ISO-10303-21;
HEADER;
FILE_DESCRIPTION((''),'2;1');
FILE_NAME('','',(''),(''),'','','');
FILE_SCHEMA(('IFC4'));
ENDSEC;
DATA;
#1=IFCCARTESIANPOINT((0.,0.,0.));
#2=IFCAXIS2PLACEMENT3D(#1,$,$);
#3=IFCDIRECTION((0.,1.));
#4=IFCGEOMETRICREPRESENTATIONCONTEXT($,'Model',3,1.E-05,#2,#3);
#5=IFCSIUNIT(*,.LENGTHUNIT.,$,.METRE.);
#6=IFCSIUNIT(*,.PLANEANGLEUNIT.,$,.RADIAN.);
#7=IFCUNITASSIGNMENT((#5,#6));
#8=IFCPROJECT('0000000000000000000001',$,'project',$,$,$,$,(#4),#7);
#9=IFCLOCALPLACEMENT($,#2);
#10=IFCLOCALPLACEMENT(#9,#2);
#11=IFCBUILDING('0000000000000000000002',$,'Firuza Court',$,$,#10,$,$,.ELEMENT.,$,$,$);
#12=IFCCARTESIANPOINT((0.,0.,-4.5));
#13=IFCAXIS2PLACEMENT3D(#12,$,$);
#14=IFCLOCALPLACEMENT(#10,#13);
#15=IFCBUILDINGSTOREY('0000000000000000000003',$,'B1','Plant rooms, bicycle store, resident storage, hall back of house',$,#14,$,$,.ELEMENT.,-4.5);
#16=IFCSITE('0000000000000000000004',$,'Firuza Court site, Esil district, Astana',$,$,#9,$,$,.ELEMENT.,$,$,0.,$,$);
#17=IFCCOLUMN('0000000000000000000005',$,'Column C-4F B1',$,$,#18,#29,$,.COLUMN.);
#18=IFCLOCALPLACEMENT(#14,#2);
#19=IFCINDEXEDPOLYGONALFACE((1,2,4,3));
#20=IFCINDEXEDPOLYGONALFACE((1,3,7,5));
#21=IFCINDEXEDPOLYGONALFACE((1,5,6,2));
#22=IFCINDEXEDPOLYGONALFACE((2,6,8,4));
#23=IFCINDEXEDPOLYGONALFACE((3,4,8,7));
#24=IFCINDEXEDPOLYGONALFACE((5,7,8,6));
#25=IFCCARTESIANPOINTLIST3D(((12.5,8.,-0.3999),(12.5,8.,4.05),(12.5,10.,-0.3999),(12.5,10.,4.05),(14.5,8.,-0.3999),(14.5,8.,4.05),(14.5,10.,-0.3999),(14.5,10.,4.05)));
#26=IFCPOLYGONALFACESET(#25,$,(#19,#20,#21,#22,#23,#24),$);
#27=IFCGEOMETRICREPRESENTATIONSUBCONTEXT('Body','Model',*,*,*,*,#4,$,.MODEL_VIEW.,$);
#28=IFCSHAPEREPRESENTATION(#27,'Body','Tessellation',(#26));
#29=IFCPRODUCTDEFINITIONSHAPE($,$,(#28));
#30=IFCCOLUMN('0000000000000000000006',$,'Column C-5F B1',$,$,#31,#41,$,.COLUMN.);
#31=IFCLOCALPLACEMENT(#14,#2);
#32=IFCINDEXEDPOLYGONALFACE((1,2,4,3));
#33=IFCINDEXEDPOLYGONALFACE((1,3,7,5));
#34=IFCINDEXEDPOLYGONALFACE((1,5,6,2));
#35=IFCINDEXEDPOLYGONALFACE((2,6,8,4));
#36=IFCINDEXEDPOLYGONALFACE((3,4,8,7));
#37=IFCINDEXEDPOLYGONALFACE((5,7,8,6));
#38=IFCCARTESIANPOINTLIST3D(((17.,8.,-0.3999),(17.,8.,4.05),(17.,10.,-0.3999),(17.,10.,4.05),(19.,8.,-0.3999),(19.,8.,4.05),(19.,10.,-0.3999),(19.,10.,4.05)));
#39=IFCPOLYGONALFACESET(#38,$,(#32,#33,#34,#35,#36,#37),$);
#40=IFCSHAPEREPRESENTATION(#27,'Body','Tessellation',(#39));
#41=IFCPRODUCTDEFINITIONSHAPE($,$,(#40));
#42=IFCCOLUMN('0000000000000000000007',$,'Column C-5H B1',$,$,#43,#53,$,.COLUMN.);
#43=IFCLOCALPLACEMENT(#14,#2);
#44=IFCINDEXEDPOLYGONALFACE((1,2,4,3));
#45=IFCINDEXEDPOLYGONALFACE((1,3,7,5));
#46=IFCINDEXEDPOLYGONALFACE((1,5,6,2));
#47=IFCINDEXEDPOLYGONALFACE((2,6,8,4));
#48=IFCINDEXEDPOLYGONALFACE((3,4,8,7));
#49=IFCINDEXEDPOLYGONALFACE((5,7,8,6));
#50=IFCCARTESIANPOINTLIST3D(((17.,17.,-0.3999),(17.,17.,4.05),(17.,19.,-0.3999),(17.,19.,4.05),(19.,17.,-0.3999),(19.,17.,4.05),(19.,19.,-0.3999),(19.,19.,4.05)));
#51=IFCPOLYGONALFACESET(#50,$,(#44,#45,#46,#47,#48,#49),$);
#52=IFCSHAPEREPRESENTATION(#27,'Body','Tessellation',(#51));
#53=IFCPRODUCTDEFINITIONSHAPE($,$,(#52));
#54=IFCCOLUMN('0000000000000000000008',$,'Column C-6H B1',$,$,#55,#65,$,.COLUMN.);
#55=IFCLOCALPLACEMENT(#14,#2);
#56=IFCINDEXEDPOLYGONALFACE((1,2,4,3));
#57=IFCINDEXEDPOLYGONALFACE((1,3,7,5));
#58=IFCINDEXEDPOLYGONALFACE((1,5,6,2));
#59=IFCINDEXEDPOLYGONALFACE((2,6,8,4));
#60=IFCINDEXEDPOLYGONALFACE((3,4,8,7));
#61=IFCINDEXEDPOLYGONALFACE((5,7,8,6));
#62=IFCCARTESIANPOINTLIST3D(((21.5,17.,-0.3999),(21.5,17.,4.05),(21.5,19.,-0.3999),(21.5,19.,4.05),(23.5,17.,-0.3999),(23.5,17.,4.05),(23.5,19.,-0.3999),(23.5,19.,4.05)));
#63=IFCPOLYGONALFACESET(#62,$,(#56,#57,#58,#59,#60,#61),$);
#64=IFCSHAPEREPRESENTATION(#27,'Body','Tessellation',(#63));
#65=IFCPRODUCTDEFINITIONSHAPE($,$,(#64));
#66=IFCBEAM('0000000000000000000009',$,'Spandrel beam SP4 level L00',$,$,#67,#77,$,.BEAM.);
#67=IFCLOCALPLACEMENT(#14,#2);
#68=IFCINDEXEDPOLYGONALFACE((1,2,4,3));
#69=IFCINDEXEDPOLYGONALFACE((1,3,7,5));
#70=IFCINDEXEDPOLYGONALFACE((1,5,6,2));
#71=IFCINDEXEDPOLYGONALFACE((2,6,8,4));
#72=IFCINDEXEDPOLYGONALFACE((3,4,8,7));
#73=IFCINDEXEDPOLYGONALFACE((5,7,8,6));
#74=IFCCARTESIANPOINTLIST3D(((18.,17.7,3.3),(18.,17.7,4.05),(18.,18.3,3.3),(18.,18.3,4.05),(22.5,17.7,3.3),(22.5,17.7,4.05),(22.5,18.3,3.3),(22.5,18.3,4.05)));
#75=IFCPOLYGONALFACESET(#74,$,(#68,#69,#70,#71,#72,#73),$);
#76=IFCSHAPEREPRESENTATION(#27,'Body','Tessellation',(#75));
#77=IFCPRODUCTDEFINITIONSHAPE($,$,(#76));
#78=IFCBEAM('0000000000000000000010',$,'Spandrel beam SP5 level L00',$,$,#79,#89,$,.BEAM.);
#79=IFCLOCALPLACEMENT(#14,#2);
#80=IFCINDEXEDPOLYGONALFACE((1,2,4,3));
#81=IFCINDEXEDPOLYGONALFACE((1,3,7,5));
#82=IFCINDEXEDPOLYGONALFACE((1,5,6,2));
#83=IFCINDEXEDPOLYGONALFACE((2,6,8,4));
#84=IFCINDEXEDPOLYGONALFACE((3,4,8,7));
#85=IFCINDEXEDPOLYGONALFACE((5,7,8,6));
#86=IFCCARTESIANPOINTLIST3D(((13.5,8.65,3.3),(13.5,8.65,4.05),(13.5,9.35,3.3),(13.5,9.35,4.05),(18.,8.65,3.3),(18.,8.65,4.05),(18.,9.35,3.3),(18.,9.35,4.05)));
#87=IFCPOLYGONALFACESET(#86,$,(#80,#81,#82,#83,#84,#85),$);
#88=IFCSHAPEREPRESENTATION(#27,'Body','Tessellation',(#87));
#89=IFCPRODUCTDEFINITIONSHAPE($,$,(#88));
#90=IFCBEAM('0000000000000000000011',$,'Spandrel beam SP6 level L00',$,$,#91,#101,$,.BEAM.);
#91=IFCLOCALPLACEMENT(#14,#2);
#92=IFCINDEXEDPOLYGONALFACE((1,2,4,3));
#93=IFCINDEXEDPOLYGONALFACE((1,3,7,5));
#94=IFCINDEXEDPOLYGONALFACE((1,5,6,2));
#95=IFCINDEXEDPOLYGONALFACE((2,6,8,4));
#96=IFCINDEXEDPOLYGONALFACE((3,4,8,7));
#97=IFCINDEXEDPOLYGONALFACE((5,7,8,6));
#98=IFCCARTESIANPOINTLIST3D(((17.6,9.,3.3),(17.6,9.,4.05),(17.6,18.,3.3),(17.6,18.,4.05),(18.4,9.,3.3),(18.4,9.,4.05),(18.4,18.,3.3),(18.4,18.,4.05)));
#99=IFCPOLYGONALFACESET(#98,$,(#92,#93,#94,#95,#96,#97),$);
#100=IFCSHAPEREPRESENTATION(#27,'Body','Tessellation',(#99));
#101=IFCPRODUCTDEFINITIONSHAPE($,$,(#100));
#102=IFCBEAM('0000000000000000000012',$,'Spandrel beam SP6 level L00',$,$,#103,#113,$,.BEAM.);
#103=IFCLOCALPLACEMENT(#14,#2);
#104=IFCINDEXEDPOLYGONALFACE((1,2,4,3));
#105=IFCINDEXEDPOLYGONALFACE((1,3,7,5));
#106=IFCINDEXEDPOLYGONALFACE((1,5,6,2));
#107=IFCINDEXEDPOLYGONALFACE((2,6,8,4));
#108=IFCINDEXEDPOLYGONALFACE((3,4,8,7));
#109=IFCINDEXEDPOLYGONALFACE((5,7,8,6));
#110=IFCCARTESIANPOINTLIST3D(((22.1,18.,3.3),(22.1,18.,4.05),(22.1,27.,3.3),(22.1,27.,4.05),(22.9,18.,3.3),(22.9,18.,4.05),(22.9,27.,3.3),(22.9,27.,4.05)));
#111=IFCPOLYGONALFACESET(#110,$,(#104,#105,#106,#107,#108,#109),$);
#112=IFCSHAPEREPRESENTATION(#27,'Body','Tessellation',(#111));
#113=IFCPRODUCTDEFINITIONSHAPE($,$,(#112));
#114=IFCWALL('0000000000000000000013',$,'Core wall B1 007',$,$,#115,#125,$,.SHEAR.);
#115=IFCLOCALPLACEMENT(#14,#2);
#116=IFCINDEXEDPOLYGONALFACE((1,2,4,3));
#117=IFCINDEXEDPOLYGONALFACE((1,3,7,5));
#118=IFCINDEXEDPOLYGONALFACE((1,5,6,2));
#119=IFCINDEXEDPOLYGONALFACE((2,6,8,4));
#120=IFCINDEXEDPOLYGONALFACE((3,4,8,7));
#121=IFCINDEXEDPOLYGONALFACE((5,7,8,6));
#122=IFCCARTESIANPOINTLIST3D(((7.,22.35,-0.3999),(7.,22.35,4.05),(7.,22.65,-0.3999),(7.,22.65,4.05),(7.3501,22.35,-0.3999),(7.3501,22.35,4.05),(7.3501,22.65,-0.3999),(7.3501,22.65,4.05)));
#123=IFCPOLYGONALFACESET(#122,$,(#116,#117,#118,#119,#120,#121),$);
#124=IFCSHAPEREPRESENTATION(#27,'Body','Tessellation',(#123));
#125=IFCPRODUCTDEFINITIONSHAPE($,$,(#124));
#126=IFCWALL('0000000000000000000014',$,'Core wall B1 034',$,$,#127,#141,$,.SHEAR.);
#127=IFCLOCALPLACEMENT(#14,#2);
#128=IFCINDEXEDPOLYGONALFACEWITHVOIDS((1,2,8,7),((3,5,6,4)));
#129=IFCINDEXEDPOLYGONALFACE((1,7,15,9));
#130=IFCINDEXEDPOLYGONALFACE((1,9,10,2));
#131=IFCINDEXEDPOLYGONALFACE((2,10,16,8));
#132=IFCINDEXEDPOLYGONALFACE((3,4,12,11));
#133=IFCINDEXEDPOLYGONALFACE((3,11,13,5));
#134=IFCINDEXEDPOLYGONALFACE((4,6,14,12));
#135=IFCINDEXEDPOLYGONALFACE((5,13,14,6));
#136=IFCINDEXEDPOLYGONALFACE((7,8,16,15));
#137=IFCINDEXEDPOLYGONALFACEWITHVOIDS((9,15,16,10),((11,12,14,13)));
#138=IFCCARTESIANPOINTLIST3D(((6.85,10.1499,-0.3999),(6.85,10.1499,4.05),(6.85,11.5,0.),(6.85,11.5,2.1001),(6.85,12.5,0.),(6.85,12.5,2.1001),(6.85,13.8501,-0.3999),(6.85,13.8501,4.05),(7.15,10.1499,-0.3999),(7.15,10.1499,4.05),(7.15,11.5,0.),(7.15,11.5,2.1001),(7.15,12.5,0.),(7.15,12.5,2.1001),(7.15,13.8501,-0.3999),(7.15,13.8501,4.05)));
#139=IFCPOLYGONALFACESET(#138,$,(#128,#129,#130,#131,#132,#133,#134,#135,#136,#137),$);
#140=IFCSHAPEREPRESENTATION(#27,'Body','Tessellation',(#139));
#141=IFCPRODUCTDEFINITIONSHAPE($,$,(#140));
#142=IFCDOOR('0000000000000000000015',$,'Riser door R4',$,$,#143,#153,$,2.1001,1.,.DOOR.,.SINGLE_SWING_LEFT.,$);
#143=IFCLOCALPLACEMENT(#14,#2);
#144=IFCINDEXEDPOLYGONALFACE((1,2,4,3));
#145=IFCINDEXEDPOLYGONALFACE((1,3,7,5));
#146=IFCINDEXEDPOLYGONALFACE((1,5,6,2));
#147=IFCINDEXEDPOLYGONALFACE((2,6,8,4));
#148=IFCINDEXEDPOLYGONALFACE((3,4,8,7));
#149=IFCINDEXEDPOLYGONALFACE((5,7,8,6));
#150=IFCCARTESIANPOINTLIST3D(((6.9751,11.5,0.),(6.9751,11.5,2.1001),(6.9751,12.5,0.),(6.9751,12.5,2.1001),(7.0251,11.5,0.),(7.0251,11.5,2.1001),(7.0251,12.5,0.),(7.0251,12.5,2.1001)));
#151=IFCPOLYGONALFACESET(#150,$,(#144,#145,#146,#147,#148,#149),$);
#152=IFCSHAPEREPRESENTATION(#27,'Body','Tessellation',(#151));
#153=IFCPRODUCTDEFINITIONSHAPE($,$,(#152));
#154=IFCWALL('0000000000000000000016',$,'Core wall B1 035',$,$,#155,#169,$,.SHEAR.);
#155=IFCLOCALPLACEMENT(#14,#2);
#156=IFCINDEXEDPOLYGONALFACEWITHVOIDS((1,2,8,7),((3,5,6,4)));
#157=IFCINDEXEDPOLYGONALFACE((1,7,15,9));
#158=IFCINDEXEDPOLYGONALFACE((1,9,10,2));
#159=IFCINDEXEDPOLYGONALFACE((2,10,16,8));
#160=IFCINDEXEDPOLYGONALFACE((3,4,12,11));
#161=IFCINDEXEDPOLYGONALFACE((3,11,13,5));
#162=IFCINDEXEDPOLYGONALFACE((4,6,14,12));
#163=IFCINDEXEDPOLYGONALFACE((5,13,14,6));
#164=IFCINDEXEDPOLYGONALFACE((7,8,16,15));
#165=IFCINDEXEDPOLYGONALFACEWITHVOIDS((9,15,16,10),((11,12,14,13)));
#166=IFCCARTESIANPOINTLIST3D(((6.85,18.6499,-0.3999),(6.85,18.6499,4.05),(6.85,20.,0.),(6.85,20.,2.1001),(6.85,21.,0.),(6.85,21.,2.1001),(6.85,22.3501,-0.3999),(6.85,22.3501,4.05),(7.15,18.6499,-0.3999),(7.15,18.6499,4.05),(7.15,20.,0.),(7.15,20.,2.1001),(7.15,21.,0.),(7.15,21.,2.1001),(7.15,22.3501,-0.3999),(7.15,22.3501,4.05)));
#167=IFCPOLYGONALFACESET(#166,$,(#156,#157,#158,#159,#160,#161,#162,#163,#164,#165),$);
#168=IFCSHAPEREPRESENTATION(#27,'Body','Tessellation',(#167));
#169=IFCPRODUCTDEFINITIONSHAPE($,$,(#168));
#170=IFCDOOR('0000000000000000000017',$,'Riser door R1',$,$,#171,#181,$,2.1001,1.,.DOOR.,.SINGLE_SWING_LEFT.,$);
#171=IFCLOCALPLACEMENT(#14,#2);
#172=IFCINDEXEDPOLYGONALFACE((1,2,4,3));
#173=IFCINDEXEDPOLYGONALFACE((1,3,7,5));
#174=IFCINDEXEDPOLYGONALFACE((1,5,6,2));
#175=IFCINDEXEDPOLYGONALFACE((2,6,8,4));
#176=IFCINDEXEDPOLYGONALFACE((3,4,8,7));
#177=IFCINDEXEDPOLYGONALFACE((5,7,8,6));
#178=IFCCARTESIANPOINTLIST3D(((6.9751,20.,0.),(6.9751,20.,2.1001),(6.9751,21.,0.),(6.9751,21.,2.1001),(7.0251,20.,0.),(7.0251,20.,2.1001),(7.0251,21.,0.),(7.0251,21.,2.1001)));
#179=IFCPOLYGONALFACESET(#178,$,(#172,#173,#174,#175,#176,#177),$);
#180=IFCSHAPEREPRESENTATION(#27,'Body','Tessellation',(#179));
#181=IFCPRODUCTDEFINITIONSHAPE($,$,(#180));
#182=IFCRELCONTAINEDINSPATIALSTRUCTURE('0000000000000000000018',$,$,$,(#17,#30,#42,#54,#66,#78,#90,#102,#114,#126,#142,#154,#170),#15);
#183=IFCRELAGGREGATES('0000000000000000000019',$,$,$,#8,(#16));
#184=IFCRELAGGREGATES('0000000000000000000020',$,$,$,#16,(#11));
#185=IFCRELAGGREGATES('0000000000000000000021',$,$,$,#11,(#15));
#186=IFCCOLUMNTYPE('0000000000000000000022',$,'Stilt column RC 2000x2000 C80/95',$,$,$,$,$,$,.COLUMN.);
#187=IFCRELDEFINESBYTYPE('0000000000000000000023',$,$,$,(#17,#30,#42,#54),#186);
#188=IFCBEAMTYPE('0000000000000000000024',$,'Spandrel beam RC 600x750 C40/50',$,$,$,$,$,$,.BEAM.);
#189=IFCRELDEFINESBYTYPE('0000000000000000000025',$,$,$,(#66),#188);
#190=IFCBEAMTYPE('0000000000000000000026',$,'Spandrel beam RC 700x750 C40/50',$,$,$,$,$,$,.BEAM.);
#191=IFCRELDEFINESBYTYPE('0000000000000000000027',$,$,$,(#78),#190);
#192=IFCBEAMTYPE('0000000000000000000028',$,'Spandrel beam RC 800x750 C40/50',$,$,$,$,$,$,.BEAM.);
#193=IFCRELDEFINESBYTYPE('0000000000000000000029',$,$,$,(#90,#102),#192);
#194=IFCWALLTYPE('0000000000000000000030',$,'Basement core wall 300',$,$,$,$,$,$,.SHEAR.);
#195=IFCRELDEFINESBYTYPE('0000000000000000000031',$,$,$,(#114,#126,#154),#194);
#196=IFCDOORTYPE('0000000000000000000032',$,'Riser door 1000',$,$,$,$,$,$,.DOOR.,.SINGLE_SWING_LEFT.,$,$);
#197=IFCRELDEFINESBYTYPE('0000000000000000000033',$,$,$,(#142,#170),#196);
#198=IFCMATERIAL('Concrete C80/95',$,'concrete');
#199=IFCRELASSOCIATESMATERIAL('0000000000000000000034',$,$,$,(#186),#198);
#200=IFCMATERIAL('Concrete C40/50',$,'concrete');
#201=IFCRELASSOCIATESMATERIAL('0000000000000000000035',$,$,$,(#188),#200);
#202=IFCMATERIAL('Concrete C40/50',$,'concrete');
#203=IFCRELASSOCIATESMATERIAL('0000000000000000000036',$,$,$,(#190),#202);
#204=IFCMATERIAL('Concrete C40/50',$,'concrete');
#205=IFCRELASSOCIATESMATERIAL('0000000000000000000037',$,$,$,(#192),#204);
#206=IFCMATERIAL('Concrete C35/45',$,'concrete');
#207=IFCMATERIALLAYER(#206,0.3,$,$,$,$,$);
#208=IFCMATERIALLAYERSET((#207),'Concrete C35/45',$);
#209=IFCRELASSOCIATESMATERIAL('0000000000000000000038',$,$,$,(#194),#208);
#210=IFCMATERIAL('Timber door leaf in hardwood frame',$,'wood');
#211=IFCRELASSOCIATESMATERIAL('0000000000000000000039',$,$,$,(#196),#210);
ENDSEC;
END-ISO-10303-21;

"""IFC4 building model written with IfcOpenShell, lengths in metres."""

from ifc_helpers import new_model, si_unit, direction, frame, frame_2d, origin, origin_2d, place, context, subcontext, project, spatial, rectangle, extrude, material, layer, layer_set, material_profile, profile_set, type_object, element, fill, save


model = new_model("IFC4")

# Units and contexts
model_context = context("Model", 3, precision=1e-05, world=origin(), true_north=direction((0.0, 1.0)))
body_context = subcontext(model_context, "Body", "Model", "MODEL_VIEW")
ifc_project = project(units=[si_unit("LENGTHUNIT", "METRE"), si_unit("PLANEANGLEUNIT", "RADIAN")], contexts=[model_context])

# Site, building, storey
site_placement = place(None, origin())
site = spatial("IfcSite", under=ifc_project, at=site_placement, Name="Firuza Court site, Esil district, Astana", CompositionType="ELEMENT", RefElevation=0.0)
building_placement = place(site_placement, origin())
building = spatial("IfcBuilding", under=site, at=building_placement, Name="Firuza Court", CompositionType="ELEMENT")
storey_placement = place(building_placement, frame((0.0, 0.0, -4.5)))
storey = spatial("IfcBuildingStorey", under=building, at=storey_placement, Name="B1", Description="Plant rooms, bicycle store, resident storage, hall back of house", CompositionType="ELEMENT", Elevation=-4.5)

# Columns
ifc_material_1 = material(Name="Concrete C80/95", Category="concrete")
ifc_material_profile_1 = material_profile(ifc_material_1, rectangle(XDim=2.0, YDim=2.0, at=origin_2d()), Name="RC 2000x2000")
ifc_profile_set_1 = profile_set([ifc_material_profile_1], Name="Concrete C80/95")
column_type = type_object("IfcColumnType", Name="Stilt column RC 2000x2000 C80/95", PredefinedType="COLUMN", material=ifc_profile_set_1)
for number, where, z_axis, x_axis, name in (
    (1, (13.5, 9.0, -0.3999), (0.0, 0.0, 1.0), (1.0, 0.0, 0.0), "Column C-4F B1"),
    (2, (18.0, 9.0, -0.3999), (0.0, 0.0, 1.0), (1.0, 0.0, 0.0), "Column C-5F B1"),
    (3, (18.0, 18.0, -0.3999), (0.0, 0.0, 1.0), (1.0, 0.0, 0.0), "Column C-5H B1"),
    (4, (22.5, 18.0, -0.3999), (0.0, 0.0, 1.0), (1.0, 0.0, 0.0), "Column C-6H B1"),
):
    element("IfcColumn", number, at=place(storey_placement, frame(where, z_axis=z_axis, x_axis=x_axis)), inside=storey, type_object=column_type, Name=name, PredefinedType="COLUMN", context=body_context, shape_type="SweptSolid", body=[
        extrude(rectangle(XDim=2.0, YDim=2.0, at=origin_2d()), origin(), (0.0, 0.0, 1.0), 4.45),
    ])

# Beams
ifc_material_2 = material(Name="Concrete C40/50", Category="concrete")
ifc_material_profile_2 = material_profile(ifc_material_2, rectangle(XDim=0.6001, YDim=0.75, at=origin_2d()), Name="RC 600x750")
ifc_profile_set_2 = profile_set([ifc_material_profile_2], Name="Concrete C40/50")
beam_type_1 = type_object("IfcBeamType", Name="Spandrel beam RC 600x750 C40/50", PredefinedType="BEAM", material=ifc_profile_set_2)
beam_1_placement = place(storey_placement, frame((18.0, 18.0, 3.675), z_axis=(1.0, 0.0, 0.0), x_axis=(0.0, 1.0, 0.0)))
element("IfcBeam", 5, at=beam_1_placement, inside=storey, type_object=beam_type_1, Name="Spandrel beam SP4 level L00", PredefinedType="BEAM", context=body_context, shape_type="SweptSolid", body=[
    extrude(rectangle(XDim=0.6001, YDim=0.75, at=origin_2d()), origin(), (0.0, 0.0, 1.0), 4.5),
])
ifc_material_3 = material(Name="Concrete C40/50", Category="concrete")
ifc_material_profile_3 = material_profile(ifc_material_3, rectangle(XDim=0.7, YDim=0.75, at=origin_2d()), Name="RC 700x750")
ifc_profile_set_3 = profile_set([ifc_material_profile_3], Name="Concrete C40/50")
beam_type_2 = type_object("IfcBeamType", Name="Spandrel beam RC 700x750 C40/50", PredefinedType="BEAM", material=ifc_profile_set_3)
beam_2_placement = place(storey_placement, frame((13.5, 9.0, 3.675), z_axis=(1.0, 0.0, 0.0), x_axis=(0.0, 1.0, 0.0)))
element("IfcBeam", 6, at=beam_2_placement, inside=storey, type_object=beam_type_2, Name="Spandrel beam SP5 level L00", PredefinedType="BEAM", context=body_context, shape_type="SweptSolid", body=[
    extrude(rectangle(XDim=0.7, YDim=0.75, at=origin_2d()), origin(), (0.0, 0.0, 1.0), 4.5),
])
ifc_material_4 = material(Name="Concrete C40/50", Category="concrete")
ifc_material_profile_4 = material_profile(ifc_material_4, rectangle(XDim=0.8, YDim=0.75, at=origin_2d()), Name="RC 800x750")
ifc_profile_set_4 = profile_set([ifc_material_profile_4], Name="Concrete C40/50")
beam_type_3 = type_object("IfcBeamType", Name="Spandrel beam RC 800x750 C40/50", PredefinedType="BEAM", material=ifc_profile_set_4)
for number, where, z_axis, x_axis, name in (
    (7, (18.0, 9.0, 3.675), (0.0, 1.0, 0.0), (-1.0, 0.0, 0.0), "Spandrel beam SP6 level L00"),
    (8, (22.5, 18.0, 3.675), (0.0, 1.0, 0.0), (-1.0, 0.0, 0.0), "Spandrel beam SP6 level L00"),
):
    element("IfcBeam", number, at=place(storey_placement, frame(where, z_axis=z_axis, x_axis=x_axis)), inside=storey, type_object=beam_type_3, Name=name, PredefinedType="BEAM", context=body_context, shape_type="SweptSolid", body=[
        extrude(rectangle(XDim=0.8, YDim=0.75, at=origin_2d()), origin(), (0.0, 0.0, 1.0), 9.0),
    ])

# Wall
ifc_material_5 = material(Name="Concrete C35/45", Category="concrete")
ifc_layer_1 = layer(ifc_material_5, 0.3)
ifc_layer_set_1 = layer_set([ifc_layer_1], Name="Concrete C35/45")
wall_type_1 = type_object("IfcWallType", Name="Basement core wall 300", PredefinedType="SHEAR", material=ifc_layer_set_1)
wall_1_placement = place(storey_placement, frame((7.0, 22.5, -0.3999), z_axis=(0.0, 0.0, 1.0), x_axis=(1.0, 0.0, 0.0)))
element("IfcWall", 9, at=wall_1_placement, inside=storey, type_object=wall_type_1, Name="Core wall B1 007", PredefinedType="SHEAR", context=body_context, shape_type="SweptSolid", body=[
    extrude(rectangle(XDim=0.3501, YDim=0.3, at=frame_2d((0.175, 0.0))), origin(), (0.0, 0.0, 1.0), 4.45),
])

# Walls, openings, doors
wall_2_placement = place(storey_placement, frame((7.0, 10.1499, -0.3999), z_axis=(0.0, 0.0, 1.0), x_axis=(0.0, 1.0, 0.0)))
wall_2 = element("IfcWall", 10, at=wall_2_placement, inside=storey, type_object=wall_type_1, Name="Core wall B1 034", PredefinedType="SHEAR", context=body_context, shape_type="SweptSolid", body=[
    extrude(rectangle(XDim=3.7002, YDim=0.3, at=frame_2d((1.8501, 0.0))), origin(), (0.0, 0.0, 1.0), 4.45),
])
opening_1_placement = place(wall_2_placement, frame((1.3501, 0.0, 0.3999)))
opening_1 = element("IfcOpeningElement", 11, at=opening_1_placement, cuts=wall_2, PredefinedType="OPENING", context=body_context, shape_type="SweptSolid", body=[
    extrude(rectangle(XDim=1.0, YDim=2.1001, at=frame_2d((0.5, 1.05))), frame((0.0, 0.1621, 0.0), z_axis=(0.0, -1.0, 0.0), x_axis=(1.0, 0.0, 0.0)), (0.0, 0.0, 1.0), 0.324),
])
ifc_material_6 = material(Name="Timber door leaf in hardwood frame", Category="wood")
door_type_1 = type_object("IfcDoorType", Name="Riser door 1000", OperationType="SINGLE_SWING_LEFT", PredefinedType="DOOR", material=ifc_material_6)
door_1_placement = place(opening_1_placement, origin())
door_1 = element("IfcDoor", 12, at=door_1_placement, inside=storey, type_object=door_type_1, Name="Riser door R4", OperationType="SINGLE_SWING_LEFT", OverallHeight=2.1001, OverallWidth=1.0, PredefinedType="DOOR", context=body_context, shape_type="SweptSolid", body=[
    extrude(rectangle(XDim=1.0, YDim=2.1001, at=frame_2d((0.5, 1.05))), frame((0.0, 0.0249, 0.0), z_axis=(0.0, -1.0, 0.0), x_axis=(1.0, 0.0, 0.0)), (0.0, 0.0, 1.0), 0.05),
])
fill(opening_1, door_1)
wall_3_placement = place(storey_placement, frame((7.0, 18.6499, -0.3999), z_axis=(0.0, 0.0, 1.0), x_axis=(0.0, 1.0, 0.0)))
wall_3 = element("IfcWall", 13, at=wall_3_placement, inside=storey, type_object=wall_type_1, Name="Core wall B1 035", PredefinedType="SHEAR", context=body_context, shape_type="SweptSolid", body=[
    extrude(rectangle(XDim=3.7002, YDim=0.3, at=frame_2d((1.8501, 0.0))), origin(), (0.0, 0.0, 1.0), 4.45),
])
opening_2_placement = place(wall_3_placement, frame((1.3501, 0.0, 0.3999)))
opening_2 = element("IfcOpeningElement", 14, at=opening_2_placement, cuts=wall_3, PredefinedType="OPENING", context=body_context, shape_type="SweptSolid", body=[
    extrude(rectangle(XDim=1.0, YDim=2.1001, at=frame_2d((0.5, 1.05))), frame((0.0, 0.1621, 0.0), z_axis=(0.0, -1.0, 0.0), x_axis=(1.0, 0.0, 0.0)), (0.0, 0.0, 1.0), 0.324),
])
door_2_placement = place(opening_2_placement, origin())
door_2 = element("IfcDoor", 15, at=door_2_placement, inside=storey, type_object=door_type_1, Name="Riser door R1", OperationType="SINGLE_SWING_LEFT", OverallHeight=2.1001, OverallWidth=1.0, PredefinedType="DOOR", context=body_context, shape_type="SweptSolid", body=[
    extrude(rectangle(XDim=1.0, YDim=2.1001, at=frame_2d((0.5, 1.05))), frame((0.0, 0.0249, 0.0), z_axis=(0.0, -1.0, 0.0), x_axis=(1.0, 0.0, 0.0)), (0.0, 0.0, 1.0), 0.05),
])
fill(opening_2, door_2)

save(model, "model.ifc")
